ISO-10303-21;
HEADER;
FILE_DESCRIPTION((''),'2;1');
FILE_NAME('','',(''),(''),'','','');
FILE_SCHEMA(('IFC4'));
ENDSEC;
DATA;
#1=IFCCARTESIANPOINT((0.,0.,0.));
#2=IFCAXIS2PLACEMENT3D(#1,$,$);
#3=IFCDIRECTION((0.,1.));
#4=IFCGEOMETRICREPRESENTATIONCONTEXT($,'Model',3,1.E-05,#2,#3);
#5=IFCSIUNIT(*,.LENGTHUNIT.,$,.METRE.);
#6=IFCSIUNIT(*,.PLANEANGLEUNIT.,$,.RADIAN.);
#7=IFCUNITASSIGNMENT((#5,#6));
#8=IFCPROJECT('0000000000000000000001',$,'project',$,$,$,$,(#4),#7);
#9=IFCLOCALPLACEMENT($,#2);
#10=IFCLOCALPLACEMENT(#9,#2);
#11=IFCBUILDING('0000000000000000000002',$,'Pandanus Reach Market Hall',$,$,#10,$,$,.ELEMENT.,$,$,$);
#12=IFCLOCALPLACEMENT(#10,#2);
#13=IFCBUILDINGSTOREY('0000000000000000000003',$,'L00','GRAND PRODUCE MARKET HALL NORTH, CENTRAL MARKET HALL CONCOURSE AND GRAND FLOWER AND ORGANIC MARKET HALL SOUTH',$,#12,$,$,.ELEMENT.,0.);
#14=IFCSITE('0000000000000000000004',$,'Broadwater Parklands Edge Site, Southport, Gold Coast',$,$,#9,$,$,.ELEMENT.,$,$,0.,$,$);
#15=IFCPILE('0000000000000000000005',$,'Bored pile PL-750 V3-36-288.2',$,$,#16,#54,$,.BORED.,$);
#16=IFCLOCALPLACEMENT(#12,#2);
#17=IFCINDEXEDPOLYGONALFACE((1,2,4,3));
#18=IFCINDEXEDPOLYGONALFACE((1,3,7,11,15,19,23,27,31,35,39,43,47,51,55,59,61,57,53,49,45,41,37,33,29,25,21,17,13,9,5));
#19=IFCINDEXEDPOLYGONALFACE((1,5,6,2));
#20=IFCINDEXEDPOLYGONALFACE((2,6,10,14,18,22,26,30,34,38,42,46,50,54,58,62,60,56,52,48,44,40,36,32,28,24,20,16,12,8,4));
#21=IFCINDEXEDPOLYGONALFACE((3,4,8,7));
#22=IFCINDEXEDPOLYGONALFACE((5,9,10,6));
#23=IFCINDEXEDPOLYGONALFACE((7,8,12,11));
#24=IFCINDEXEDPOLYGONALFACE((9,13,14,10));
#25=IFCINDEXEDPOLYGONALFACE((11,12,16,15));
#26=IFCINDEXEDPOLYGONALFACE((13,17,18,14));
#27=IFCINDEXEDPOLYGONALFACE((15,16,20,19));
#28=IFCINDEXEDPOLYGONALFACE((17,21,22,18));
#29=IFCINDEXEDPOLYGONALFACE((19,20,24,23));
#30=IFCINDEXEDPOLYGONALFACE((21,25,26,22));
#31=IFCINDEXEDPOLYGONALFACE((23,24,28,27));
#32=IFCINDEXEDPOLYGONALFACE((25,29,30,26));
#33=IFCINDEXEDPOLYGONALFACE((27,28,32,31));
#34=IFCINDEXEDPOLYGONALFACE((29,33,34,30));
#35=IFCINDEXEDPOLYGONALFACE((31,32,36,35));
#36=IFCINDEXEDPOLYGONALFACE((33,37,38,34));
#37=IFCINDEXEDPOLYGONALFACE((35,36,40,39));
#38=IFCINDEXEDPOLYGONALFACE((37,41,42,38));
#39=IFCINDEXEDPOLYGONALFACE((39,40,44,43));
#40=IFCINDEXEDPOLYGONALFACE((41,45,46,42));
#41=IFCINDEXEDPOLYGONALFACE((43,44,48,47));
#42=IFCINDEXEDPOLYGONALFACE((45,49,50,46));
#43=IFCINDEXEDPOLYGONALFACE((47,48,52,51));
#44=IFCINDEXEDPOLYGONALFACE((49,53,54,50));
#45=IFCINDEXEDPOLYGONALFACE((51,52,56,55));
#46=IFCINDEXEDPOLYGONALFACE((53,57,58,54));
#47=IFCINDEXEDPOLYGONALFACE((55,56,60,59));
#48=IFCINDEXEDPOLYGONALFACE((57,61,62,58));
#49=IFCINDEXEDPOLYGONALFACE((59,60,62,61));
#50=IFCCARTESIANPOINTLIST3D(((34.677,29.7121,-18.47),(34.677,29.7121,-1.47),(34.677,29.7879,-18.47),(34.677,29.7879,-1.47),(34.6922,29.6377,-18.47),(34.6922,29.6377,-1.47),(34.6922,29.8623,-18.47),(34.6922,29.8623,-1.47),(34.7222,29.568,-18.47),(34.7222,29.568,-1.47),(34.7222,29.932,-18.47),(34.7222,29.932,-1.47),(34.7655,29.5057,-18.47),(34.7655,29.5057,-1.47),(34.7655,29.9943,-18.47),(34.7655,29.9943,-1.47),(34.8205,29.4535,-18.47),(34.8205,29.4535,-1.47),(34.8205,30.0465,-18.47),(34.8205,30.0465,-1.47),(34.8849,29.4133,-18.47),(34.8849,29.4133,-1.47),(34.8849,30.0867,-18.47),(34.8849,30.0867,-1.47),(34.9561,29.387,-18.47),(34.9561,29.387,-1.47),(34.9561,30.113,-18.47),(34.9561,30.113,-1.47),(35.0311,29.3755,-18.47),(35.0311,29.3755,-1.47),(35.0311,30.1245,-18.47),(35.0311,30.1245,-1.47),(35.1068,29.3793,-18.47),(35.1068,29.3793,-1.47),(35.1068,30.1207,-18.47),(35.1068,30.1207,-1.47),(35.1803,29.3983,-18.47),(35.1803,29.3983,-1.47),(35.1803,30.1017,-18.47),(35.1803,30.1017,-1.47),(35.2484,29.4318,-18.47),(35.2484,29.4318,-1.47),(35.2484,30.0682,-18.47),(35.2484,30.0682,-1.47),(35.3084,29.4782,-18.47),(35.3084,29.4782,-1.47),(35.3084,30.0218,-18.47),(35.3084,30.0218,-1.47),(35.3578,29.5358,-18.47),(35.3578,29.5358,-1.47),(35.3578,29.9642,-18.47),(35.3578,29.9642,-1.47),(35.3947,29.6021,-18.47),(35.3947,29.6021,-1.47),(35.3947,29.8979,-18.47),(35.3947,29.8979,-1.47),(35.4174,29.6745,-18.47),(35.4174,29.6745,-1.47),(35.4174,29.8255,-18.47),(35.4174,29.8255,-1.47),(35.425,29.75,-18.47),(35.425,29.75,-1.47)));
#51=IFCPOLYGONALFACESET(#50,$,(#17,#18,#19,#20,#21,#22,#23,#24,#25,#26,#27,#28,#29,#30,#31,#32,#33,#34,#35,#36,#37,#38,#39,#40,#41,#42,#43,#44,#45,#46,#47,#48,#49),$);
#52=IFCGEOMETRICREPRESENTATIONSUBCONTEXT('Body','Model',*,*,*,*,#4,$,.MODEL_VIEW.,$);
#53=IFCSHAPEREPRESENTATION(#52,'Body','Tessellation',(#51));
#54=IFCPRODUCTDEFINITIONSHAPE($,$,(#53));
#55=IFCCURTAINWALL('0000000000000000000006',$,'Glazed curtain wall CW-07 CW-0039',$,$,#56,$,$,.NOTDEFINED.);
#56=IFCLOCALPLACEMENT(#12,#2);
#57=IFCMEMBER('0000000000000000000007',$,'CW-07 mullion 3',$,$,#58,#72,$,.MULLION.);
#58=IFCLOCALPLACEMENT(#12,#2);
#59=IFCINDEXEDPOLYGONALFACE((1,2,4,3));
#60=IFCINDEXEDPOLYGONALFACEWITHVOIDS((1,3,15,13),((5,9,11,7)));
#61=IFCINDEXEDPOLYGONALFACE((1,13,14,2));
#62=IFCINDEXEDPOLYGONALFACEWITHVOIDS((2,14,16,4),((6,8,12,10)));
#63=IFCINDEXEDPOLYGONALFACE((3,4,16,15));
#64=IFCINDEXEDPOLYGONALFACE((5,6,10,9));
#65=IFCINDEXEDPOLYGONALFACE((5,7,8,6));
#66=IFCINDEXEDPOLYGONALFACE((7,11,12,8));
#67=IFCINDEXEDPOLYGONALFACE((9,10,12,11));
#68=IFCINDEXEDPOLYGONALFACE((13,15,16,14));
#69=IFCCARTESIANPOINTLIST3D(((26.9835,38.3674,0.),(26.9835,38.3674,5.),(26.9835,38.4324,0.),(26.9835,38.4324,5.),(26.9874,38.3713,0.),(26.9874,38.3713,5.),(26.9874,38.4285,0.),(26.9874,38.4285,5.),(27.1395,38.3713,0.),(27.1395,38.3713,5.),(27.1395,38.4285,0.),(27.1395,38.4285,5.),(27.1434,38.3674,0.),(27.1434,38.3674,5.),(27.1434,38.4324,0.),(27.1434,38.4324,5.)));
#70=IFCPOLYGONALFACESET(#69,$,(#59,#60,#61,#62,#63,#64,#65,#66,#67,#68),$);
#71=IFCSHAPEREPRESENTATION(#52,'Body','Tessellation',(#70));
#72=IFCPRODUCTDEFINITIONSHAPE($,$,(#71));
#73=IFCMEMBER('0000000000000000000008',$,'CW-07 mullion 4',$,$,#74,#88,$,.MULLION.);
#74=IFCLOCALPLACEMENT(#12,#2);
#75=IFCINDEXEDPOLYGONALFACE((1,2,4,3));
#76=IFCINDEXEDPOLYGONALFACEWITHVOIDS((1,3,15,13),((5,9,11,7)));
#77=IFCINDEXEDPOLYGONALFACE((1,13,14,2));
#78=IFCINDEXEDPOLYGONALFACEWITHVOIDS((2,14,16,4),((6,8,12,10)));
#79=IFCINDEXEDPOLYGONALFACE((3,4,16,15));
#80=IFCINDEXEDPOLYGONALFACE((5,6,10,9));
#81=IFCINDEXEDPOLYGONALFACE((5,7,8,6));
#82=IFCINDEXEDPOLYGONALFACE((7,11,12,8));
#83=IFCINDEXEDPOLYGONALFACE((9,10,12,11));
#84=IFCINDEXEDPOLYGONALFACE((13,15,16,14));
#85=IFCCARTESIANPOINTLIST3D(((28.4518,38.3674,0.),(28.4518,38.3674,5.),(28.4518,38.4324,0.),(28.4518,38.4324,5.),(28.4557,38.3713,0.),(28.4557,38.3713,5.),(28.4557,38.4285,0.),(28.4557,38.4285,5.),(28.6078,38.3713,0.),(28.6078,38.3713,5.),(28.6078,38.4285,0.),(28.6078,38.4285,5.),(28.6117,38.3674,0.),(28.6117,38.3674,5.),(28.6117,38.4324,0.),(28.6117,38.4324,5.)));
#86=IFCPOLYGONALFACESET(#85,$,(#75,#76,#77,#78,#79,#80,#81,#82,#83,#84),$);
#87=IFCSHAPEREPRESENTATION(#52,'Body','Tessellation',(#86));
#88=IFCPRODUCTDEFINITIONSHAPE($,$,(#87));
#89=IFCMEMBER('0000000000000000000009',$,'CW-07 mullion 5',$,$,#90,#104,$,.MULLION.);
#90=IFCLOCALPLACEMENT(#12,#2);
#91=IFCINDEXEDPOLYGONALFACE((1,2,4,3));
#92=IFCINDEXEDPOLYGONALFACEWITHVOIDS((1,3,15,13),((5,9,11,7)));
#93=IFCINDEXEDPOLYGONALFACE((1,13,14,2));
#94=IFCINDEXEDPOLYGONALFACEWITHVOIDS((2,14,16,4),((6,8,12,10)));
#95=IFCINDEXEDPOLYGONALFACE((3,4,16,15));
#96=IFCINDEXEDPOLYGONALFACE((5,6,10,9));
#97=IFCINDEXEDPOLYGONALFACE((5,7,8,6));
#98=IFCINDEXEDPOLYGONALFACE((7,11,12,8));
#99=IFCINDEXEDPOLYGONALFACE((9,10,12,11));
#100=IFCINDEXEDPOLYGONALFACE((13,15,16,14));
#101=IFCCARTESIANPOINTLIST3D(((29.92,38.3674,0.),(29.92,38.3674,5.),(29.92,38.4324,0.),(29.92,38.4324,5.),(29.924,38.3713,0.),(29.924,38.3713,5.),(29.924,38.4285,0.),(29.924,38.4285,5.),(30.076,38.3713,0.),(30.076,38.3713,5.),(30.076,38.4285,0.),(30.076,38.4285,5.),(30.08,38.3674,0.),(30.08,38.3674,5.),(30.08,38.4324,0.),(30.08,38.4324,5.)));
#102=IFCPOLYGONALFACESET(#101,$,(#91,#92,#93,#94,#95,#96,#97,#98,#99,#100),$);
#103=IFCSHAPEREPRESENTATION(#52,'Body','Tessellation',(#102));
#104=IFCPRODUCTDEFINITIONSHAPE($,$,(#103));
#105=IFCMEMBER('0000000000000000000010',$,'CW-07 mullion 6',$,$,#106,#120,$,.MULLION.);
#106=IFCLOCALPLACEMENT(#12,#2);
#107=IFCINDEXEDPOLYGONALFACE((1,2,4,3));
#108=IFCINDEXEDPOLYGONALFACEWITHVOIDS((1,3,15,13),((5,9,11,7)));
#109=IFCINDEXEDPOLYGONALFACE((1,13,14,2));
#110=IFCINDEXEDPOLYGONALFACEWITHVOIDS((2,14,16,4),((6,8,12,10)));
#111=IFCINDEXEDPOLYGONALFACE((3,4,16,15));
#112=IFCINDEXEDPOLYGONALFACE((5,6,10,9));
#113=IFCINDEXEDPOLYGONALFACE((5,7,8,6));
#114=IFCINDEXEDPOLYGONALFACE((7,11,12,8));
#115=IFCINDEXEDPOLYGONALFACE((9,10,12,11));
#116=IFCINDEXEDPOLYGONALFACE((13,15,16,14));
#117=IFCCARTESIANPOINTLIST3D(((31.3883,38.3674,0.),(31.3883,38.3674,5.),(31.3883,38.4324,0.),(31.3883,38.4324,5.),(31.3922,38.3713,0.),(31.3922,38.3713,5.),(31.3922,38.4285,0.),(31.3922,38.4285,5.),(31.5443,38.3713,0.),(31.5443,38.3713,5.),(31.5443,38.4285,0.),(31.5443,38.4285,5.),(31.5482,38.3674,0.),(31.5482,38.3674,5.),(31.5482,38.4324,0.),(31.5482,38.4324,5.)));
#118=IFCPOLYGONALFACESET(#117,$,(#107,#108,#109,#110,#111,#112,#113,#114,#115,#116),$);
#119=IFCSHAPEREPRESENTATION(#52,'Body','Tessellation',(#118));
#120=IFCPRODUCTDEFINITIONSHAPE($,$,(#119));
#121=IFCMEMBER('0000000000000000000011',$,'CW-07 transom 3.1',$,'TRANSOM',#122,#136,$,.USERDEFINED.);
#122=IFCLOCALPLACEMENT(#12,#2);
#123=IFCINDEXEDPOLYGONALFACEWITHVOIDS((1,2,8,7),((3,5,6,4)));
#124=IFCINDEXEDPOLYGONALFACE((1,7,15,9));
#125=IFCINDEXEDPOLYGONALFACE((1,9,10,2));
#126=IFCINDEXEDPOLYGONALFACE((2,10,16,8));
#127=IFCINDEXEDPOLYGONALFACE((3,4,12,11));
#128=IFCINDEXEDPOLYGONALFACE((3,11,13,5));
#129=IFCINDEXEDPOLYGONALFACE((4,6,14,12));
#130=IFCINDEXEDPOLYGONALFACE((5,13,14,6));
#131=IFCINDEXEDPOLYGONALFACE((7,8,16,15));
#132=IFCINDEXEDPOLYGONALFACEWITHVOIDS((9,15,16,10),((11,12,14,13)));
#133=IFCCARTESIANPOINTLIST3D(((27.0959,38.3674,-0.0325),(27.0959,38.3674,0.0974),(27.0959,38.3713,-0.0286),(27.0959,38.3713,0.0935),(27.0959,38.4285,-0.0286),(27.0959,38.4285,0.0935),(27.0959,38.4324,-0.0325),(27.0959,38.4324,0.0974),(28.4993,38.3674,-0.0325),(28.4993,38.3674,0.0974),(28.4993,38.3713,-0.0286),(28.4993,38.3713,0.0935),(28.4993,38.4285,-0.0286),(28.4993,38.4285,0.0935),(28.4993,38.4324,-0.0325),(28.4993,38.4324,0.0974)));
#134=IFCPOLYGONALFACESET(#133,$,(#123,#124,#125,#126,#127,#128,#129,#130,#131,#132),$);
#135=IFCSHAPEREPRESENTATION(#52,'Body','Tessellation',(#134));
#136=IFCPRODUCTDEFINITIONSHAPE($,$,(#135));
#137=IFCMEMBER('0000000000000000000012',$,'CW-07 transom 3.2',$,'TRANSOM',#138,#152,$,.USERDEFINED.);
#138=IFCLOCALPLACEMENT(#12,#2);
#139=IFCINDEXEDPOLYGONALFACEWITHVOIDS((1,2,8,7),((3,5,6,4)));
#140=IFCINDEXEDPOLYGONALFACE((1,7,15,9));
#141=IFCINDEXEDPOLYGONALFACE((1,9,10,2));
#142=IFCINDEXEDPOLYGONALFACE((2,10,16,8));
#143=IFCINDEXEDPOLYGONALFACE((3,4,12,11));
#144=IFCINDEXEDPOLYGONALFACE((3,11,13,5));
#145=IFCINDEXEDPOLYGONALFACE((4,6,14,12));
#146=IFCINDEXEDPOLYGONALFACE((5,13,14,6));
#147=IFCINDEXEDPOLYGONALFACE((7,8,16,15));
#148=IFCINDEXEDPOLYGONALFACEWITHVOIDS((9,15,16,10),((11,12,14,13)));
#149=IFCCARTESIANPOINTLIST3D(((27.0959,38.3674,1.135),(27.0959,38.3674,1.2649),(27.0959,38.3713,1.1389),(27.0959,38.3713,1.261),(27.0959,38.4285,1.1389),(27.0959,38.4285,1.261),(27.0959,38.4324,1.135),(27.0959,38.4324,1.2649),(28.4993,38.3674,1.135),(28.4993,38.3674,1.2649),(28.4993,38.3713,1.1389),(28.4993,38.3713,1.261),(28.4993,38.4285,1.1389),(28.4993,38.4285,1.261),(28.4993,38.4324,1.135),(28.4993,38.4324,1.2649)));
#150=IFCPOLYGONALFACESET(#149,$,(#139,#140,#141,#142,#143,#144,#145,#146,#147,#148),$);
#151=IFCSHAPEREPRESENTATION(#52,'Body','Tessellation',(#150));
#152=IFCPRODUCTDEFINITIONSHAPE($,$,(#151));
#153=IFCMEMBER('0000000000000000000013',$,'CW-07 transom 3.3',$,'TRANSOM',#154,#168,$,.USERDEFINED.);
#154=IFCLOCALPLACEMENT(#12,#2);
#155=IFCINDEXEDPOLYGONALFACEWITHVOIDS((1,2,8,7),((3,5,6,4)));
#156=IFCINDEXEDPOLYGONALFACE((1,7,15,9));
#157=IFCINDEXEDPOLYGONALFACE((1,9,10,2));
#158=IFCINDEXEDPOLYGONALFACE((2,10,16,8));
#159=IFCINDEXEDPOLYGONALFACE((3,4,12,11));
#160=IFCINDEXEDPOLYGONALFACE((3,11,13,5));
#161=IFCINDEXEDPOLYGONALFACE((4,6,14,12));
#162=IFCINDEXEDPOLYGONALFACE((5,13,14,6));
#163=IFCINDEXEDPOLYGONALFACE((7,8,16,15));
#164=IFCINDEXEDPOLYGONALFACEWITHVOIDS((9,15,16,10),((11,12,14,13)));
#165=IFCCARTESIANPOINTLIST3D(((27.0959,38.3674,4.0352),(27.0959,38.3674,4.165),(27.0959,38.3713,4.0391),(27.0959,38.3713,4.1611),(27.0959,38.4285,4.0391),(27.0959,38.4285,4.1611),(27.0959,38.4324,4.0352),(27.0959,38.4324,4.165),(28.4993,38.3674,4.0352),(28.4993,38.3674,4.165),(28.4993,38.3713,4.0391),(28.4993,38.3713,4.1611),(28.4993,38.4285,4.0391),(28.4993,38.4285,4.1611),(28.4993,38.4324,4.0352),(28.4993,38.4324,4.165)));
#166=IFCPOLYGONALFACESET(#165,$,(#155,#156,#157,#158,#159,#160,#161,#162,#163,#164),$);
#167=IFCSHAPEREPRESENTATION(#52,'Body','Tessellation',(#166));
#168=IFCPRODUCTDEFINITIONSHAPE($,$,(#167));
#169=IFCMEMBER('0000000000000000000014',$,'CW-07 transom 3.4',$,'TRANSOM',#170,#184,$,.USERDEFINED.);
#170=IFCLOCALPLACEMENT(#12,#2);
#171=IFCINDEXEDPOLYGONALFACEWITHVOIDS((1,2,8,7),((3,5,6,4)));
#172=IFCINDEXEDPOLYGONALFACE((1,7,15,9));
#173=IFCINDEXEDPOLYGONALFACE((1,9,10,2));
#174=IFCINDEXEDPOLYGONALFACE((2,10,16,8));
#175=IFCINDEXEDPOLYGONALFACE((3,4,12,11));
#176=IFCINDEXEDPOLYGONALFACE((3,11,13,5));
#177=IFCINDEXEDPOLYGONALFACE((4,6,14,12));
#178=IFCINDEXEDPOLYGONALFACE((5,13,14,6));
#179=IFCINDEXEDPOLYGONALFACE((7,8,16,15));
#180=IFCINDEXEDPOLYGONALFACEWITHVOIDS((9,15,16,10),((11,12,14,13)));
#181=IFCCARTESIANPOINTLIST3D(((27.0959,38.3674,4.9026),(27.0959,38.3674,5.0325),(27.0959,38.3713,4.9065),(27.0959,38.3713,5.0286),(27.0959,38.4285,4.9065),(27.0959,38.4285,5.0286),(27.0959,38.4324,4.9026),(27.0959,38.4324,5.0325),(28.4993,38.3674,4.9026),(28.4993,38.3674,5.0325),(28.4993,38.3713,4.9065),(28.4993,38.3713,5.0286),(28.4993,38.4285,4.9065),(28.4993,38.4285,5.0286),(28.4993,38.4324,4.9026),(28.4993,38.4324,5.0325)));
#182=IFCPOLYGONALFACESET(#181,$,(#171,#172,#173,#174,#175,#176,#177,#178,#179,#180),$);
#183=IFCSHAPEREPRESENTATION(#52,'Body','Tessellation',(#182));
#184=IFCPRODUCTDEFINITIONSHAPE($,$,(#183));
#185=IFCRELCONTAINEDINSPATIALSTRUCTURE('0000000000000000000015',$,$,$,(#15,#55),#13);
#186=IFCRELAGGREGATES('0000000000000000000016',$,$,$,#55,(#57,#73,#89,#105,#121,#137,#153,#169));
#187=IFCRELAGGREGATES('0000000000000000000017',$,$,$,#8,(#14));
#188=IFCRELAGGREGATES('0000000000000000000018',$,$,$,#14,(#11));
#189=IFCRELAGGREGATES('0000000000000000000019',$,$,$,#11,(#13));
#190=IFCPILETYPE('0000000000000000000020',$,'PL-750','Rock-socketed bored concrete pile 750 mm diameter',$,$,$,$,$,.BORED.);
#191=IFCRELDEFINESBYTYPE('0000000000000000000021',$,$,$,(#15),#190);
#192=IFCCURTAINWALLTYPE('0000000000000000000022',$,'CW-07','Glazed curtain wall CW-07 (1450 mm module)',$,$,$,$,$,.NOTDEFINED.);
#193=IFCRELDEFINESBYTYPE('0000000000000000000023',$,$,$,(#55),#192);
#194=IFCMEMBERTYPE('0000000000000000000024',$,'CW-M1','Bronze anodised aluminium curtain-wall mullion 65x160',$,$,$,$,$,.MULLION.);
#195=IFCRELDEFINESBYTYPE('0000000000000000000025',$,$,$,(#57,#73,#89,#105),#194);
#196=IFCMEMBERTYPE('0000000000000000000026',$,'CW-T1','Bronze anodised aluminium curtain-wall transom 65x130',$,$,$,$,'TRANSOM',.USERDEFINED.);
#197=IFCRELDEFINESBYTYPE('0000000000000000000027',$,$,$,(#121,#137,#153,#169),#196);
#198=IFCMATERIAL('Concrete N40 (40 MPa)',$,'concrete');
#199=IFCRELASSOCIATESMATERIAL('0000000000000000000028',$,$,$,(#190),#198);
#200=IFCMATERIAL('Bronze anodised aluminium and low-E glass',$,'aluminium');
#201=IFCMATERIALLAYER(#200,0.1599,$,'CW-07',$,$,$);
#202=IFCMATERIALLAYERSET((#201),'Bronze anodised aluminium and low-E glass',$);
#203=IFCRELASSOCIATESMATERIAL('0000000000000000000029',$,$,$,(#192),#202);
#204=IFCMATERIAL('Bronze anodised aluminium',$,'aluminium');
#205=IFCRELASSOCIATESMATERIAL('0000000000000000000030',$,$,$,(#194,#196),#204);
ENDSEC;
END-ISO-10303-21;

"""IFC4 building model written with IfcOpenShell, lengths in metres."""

from ifc_helpers import new_model, si_unit, direction, frame, origin, origin_2d, place, context, subcontext, project, spatial, hollow_rectangle, circle, extrude, material, layer, layer_set, material_profile, profile_set, type_object, element, aggregate, save


model = new_model("IFC4")

# Units and contexts
model_context = context("Model", 3, precision=1e-05, world=origin(), true_north=direction((0.0, 1.0)))
body_context = subcontext(model_context, "Body", "Model", "MODEL_VIEW")
ifc_project = project(units=[si_unit("LENGTHUNIT", "METRE"), si_unit("PLANEANGLEUNIT", "RADIAN")], contexts=[model_context])

# Site, building, storey
site_placement = place(None, origin())
site = spatial("IfcSite", under=ifc_project, at=site_placement, Name="Broadwater Parklands Edge Site, Southport, Gold Coast", CompositionType="ELEMENT", RefElevation=0.0)
building_placement = place(site_placement, origin())
building = spatial("IfcBuilding", under=site, at=building_placement, Name="Pandanus Reach Market Hall", CompositionType="ELEMENT")
storey_placement = place(building_placement, origin())
storey = spatial("IfcBuildingStorey", under=building, at=storey_placement, Name="L00", Description="GRAND PRODUCE MARKET HALL NORTH, CENTRAL MARKET HALL CONCOURSE AND GRAND FLOWER AND ORGANIC MARKET HALL SOUTH", CompositionType="ELEMENT", Elevation=0.0)

# Pile
ifc_material_1 = material(Name="Concrete N40 (40 MPa)", Category="concrete")
ifc_material_profile_1 = material_profile(ifc_material_1, circle(Radius=0.375, at=origin_2d()), Name="PILE-750D", Category="LoadBearing")
ifc_profile_set_1 = profile_set([ifc_material_profile_1], Name="Concrete N40 (40 MPa)")
pile_type = type_object("IfcPileType", Name="PL-750", Description="Rock-socketed bored concrete pile 750 mm diameter", PredefinedType="BORED", material=ifc_profile_set_1)
pile_placement = place(storey_placement, frame((35.05, 29.75, -1.47), z_axis=(0.0, 0.0, -1.0), x_axis=(1.0, 0.0, 0.0)))
element("IfcPile", 1, at=pile_placement, inside=storey, type_object=pile_type, Name="Bored pile PL-750 V3-36-288.2", PredefinedType="BORED", context=body_context, shape_type="SweptSolid", body=[
    extrude(circle(Radius=0.375, at=origin_2d()), origin(), (0.0, 0.0, 1.0), 17.0),
])

# Curtain wall, members
ifc_material_2 = material(Name="Bronze anodised aluminium and low-E glass", Category="aluminium")
ifc_layer_1 = layer(ifc_material_2, 0.1599, Name="CW-07")
ifc_layer_set_1 = layer_set([ifc_layer_1], Name="Bronze anodised aluminium and low-E glass")
curtain_wall_type = type_object("IfcCurtainWallType", Name="CW-07", Description="Glazed curtain wall CW-07 (1450 mm module)", PredefinedType="NOTDEFINED", material=ifc_layer_set_1)
curtain_wall_placement = place(storey_placement, origin())
curtain_wall = element("IfcCurtainWall", 2, at=curtain_wall_placement, inside=storey, type_object=curtain_wall_type, Name="Glazed curtain wall CW-07 CW-0039", PredefinedType="NOTDEFINED")
ifc_material_3 = material(Name="Bronze anodised aluminium", Category="aluminium")
ifc_material_profile_2 = material_profile(ifc_material_3, hollow_rectangle(XDim=0.0649, YDim=0.1599, WallThickness=0.0039, at=origin_2d()), Name="ALU65x160", Category="LoadBearing")
ifc_profile_set_2 = profile_set([ifc_material_profile_2], Name="Bronze anodised aluminium")
member_type_1 = type_object("IfcMemberType", Name="CW-M1", Description="Bronze anodised aluminium curtain-wall mullion 65x160", PredefinedType="MULLION", material=ifc_profile_set_2)
member_1_placement = place(storey_placement, frame((27.0635, 38.3999, 0.0), z_axis=(0.0, 0.0, 1.0), x_axis=(0.0, 1.0, 0.0)))
member_1 = element("IfcMember", 3, at=member_1_placement, type_object=member_type_1, Name="CW-07 mullion 3", PredefinedType="MULLION", context=body_context, shape_type="SweptSolid", body=[
    extrude(hollow_rectangle(XDim=0.0649, YDim=0.1599, WallThickness=0.0039, at=origin_2d()), origin(), (0.0, 0.0, 1.0), 5.0),
])
member_2_placement = place(storey_placement, frame((28.5317, 38.3999, 0.0), z_axis=(0.0, 0.0, 1.0), x_axis=(0.0, 1.0, 0.0)))
member_2 = element("IfcMember", 4, at=member_2_placement, type_object=member_type_1, Name="CW-07 mullion 4", PredefinedType="MULLION", context=body_context, shape_type="SweptSolid", body=[
    extrude(hollow_rectangle(XDim=0.0649, YDim=0.1599, WallThickness=0.0039, at=origin_2d()), origin(), (0.0, 0.0, 1.0), 5.0),
])
member_3_placement = place(storey_placement, frame((30.0, 38.3999, 0.0), z_axis=(0.0, 0.0, 1.0), x_axis=(0.0, 1.0, 0.0)))
member_3 = element("IfcMember", 5, at=member_3_placement, type_object=member_type_1, Name="CW-07 mullion 5", PredefinedType="MULLION", context=body_context, shape_type="SweptSolid", body=[
    extrude(hollow_rectangle(XDim=0.0649, YDim=0.1599, WallThickness=0.0039, at=origin_2d()), origin(), (0.0, 0.0, 1.0), 5.0),
])
member_4_placement = place(storey_placement, frame((31.4683, 38.3999, 0.0), z_axis=(0.0, 0.0, 1.0), x_axis=(0.0, 1.0, 0.0)))
member_4 = element("IfcMember", 6, at=member_4_placement, type_object=member_type_1, Name="CW-07 mullion 6", PredefinedType="MULLION", context=body_context, shape_type="SweptSolid", body=[
    extrude(hollow_rectangle(XDim=0.0649, YDim=0.1599, WallThickness=0.0039, at=origin_2d()), origin(), (0.0, 0.0, 1.0), 5.0),
])
ifc_material_profile_3 = material_profile(ifc_material_3, hollow_rectangle(XDim=0.0649, YDim=0.1299, WallThickness=0.0039, at=origin_2d()), Name="ALU65x130", Category="LoadBearing")
ifc_profile_set_3 = profile_set([ifc_material_profile_3], Name="Bronze anodised aluminium")
member_type_2 = type_object("IfcMemberType", Name="CW-T1", Description="Bronze anodised aluminium curtain-wall transom 65x130", ElementType="TRANSOM", PredefinedType="USERDEFINED", material=ifc_profile_set_3)
member_5_placement = place(storey_placement, frame((27.0959, 38.3999, 0.0325), z_axis=(1.0, 0.0, 0.0), x_axis=(0.0, 1.0, 0.0)))
member_5 = element("IfcMember", 7, at=member_5_placement, type_object=member_type_2, Name="CW-07 transom 3.1", ObjectType="TRANSOM", PredefinedType="USERDEFINED", context=body_context, shape_type="SweptSolid", body=[
    extrude(hollow_rectangle(XDim=0.0649, YDim=0.1299, WallThickness=0.0039, at=origin_2d()), origin(), (0.0, 0.0, 1.0), 1.4033),
])
member_6_placement = place(storey_placement, frame((27.0959, 38.3999, 1.2), z_axis=(1.0, 0.0, 0.0), x_axis=(0.0, 1.0, 0.0)))
member_6 = element("IfcMember", 8, at=member_6_placement, type_object=member_type_2, Name="CW-07 transom 3.2", ObjectType="TRANSOM", PredefinedType="USERDEFINED", context=body_context, shape_type="SweptSolid", body=[
    extrude(hollow_rectangle(XDim=0.0649, YDim=0.1299, WallThickness=0.0039, at=origin_2d()), origin(), (0.0, 0.0, 1.0), 1.4033),
])
member_7_placement = place(storey_placement, frame((27.0959, 38.3999, 4.1001), z_axis=(1.0, 0.0, 0.0), x_axis=(0.0, 1.0, 0.0)))
member_7 = element("IfcMember", 9, at=member_7_placement, type_object=member_type_2, Name="CW-07 transom 3.3", ObjectType="TRANSOM", PredefinedType="USERDEFINED", context=body_context, shape_type="SweptSolid", body=[
    extrude(hollow_rectangle(XDim=0.0649, YDim=0.1299, WallThickness=0.0039, at=origin_2d()), origin(), (0.0, 0.0, 1.0), 1.4033),
])
member_8_placement = place(storey_placement, frame((27.0959, 38.3999, 4.9675), z_axis=(1.0, 0.0, 0.0), x_axis=(0.0, 1.0, 0.0)))
member_8 = element("IfcMember", 10, at=member_8_placement, type_object=member_type_2, Name="CW-07 transom 3.4", ObjectType="TRANSOM", PredefinedType="USERDEFINED", context=body_context, shape_type="SweptSolid", body=[
    extrude(hollow_rectangle(XDim=0.0649, YDim=0.1299, WallThickness=0.0039, at=origin_2d()), origin(), (0.0, 0.0, 1.0), 1.4033),
])

aggregate(curtain_wall, [member_1, member_2, member_3, member_4, member_5, member_6, member_7, member_8])

save(model, "model.ifc")
